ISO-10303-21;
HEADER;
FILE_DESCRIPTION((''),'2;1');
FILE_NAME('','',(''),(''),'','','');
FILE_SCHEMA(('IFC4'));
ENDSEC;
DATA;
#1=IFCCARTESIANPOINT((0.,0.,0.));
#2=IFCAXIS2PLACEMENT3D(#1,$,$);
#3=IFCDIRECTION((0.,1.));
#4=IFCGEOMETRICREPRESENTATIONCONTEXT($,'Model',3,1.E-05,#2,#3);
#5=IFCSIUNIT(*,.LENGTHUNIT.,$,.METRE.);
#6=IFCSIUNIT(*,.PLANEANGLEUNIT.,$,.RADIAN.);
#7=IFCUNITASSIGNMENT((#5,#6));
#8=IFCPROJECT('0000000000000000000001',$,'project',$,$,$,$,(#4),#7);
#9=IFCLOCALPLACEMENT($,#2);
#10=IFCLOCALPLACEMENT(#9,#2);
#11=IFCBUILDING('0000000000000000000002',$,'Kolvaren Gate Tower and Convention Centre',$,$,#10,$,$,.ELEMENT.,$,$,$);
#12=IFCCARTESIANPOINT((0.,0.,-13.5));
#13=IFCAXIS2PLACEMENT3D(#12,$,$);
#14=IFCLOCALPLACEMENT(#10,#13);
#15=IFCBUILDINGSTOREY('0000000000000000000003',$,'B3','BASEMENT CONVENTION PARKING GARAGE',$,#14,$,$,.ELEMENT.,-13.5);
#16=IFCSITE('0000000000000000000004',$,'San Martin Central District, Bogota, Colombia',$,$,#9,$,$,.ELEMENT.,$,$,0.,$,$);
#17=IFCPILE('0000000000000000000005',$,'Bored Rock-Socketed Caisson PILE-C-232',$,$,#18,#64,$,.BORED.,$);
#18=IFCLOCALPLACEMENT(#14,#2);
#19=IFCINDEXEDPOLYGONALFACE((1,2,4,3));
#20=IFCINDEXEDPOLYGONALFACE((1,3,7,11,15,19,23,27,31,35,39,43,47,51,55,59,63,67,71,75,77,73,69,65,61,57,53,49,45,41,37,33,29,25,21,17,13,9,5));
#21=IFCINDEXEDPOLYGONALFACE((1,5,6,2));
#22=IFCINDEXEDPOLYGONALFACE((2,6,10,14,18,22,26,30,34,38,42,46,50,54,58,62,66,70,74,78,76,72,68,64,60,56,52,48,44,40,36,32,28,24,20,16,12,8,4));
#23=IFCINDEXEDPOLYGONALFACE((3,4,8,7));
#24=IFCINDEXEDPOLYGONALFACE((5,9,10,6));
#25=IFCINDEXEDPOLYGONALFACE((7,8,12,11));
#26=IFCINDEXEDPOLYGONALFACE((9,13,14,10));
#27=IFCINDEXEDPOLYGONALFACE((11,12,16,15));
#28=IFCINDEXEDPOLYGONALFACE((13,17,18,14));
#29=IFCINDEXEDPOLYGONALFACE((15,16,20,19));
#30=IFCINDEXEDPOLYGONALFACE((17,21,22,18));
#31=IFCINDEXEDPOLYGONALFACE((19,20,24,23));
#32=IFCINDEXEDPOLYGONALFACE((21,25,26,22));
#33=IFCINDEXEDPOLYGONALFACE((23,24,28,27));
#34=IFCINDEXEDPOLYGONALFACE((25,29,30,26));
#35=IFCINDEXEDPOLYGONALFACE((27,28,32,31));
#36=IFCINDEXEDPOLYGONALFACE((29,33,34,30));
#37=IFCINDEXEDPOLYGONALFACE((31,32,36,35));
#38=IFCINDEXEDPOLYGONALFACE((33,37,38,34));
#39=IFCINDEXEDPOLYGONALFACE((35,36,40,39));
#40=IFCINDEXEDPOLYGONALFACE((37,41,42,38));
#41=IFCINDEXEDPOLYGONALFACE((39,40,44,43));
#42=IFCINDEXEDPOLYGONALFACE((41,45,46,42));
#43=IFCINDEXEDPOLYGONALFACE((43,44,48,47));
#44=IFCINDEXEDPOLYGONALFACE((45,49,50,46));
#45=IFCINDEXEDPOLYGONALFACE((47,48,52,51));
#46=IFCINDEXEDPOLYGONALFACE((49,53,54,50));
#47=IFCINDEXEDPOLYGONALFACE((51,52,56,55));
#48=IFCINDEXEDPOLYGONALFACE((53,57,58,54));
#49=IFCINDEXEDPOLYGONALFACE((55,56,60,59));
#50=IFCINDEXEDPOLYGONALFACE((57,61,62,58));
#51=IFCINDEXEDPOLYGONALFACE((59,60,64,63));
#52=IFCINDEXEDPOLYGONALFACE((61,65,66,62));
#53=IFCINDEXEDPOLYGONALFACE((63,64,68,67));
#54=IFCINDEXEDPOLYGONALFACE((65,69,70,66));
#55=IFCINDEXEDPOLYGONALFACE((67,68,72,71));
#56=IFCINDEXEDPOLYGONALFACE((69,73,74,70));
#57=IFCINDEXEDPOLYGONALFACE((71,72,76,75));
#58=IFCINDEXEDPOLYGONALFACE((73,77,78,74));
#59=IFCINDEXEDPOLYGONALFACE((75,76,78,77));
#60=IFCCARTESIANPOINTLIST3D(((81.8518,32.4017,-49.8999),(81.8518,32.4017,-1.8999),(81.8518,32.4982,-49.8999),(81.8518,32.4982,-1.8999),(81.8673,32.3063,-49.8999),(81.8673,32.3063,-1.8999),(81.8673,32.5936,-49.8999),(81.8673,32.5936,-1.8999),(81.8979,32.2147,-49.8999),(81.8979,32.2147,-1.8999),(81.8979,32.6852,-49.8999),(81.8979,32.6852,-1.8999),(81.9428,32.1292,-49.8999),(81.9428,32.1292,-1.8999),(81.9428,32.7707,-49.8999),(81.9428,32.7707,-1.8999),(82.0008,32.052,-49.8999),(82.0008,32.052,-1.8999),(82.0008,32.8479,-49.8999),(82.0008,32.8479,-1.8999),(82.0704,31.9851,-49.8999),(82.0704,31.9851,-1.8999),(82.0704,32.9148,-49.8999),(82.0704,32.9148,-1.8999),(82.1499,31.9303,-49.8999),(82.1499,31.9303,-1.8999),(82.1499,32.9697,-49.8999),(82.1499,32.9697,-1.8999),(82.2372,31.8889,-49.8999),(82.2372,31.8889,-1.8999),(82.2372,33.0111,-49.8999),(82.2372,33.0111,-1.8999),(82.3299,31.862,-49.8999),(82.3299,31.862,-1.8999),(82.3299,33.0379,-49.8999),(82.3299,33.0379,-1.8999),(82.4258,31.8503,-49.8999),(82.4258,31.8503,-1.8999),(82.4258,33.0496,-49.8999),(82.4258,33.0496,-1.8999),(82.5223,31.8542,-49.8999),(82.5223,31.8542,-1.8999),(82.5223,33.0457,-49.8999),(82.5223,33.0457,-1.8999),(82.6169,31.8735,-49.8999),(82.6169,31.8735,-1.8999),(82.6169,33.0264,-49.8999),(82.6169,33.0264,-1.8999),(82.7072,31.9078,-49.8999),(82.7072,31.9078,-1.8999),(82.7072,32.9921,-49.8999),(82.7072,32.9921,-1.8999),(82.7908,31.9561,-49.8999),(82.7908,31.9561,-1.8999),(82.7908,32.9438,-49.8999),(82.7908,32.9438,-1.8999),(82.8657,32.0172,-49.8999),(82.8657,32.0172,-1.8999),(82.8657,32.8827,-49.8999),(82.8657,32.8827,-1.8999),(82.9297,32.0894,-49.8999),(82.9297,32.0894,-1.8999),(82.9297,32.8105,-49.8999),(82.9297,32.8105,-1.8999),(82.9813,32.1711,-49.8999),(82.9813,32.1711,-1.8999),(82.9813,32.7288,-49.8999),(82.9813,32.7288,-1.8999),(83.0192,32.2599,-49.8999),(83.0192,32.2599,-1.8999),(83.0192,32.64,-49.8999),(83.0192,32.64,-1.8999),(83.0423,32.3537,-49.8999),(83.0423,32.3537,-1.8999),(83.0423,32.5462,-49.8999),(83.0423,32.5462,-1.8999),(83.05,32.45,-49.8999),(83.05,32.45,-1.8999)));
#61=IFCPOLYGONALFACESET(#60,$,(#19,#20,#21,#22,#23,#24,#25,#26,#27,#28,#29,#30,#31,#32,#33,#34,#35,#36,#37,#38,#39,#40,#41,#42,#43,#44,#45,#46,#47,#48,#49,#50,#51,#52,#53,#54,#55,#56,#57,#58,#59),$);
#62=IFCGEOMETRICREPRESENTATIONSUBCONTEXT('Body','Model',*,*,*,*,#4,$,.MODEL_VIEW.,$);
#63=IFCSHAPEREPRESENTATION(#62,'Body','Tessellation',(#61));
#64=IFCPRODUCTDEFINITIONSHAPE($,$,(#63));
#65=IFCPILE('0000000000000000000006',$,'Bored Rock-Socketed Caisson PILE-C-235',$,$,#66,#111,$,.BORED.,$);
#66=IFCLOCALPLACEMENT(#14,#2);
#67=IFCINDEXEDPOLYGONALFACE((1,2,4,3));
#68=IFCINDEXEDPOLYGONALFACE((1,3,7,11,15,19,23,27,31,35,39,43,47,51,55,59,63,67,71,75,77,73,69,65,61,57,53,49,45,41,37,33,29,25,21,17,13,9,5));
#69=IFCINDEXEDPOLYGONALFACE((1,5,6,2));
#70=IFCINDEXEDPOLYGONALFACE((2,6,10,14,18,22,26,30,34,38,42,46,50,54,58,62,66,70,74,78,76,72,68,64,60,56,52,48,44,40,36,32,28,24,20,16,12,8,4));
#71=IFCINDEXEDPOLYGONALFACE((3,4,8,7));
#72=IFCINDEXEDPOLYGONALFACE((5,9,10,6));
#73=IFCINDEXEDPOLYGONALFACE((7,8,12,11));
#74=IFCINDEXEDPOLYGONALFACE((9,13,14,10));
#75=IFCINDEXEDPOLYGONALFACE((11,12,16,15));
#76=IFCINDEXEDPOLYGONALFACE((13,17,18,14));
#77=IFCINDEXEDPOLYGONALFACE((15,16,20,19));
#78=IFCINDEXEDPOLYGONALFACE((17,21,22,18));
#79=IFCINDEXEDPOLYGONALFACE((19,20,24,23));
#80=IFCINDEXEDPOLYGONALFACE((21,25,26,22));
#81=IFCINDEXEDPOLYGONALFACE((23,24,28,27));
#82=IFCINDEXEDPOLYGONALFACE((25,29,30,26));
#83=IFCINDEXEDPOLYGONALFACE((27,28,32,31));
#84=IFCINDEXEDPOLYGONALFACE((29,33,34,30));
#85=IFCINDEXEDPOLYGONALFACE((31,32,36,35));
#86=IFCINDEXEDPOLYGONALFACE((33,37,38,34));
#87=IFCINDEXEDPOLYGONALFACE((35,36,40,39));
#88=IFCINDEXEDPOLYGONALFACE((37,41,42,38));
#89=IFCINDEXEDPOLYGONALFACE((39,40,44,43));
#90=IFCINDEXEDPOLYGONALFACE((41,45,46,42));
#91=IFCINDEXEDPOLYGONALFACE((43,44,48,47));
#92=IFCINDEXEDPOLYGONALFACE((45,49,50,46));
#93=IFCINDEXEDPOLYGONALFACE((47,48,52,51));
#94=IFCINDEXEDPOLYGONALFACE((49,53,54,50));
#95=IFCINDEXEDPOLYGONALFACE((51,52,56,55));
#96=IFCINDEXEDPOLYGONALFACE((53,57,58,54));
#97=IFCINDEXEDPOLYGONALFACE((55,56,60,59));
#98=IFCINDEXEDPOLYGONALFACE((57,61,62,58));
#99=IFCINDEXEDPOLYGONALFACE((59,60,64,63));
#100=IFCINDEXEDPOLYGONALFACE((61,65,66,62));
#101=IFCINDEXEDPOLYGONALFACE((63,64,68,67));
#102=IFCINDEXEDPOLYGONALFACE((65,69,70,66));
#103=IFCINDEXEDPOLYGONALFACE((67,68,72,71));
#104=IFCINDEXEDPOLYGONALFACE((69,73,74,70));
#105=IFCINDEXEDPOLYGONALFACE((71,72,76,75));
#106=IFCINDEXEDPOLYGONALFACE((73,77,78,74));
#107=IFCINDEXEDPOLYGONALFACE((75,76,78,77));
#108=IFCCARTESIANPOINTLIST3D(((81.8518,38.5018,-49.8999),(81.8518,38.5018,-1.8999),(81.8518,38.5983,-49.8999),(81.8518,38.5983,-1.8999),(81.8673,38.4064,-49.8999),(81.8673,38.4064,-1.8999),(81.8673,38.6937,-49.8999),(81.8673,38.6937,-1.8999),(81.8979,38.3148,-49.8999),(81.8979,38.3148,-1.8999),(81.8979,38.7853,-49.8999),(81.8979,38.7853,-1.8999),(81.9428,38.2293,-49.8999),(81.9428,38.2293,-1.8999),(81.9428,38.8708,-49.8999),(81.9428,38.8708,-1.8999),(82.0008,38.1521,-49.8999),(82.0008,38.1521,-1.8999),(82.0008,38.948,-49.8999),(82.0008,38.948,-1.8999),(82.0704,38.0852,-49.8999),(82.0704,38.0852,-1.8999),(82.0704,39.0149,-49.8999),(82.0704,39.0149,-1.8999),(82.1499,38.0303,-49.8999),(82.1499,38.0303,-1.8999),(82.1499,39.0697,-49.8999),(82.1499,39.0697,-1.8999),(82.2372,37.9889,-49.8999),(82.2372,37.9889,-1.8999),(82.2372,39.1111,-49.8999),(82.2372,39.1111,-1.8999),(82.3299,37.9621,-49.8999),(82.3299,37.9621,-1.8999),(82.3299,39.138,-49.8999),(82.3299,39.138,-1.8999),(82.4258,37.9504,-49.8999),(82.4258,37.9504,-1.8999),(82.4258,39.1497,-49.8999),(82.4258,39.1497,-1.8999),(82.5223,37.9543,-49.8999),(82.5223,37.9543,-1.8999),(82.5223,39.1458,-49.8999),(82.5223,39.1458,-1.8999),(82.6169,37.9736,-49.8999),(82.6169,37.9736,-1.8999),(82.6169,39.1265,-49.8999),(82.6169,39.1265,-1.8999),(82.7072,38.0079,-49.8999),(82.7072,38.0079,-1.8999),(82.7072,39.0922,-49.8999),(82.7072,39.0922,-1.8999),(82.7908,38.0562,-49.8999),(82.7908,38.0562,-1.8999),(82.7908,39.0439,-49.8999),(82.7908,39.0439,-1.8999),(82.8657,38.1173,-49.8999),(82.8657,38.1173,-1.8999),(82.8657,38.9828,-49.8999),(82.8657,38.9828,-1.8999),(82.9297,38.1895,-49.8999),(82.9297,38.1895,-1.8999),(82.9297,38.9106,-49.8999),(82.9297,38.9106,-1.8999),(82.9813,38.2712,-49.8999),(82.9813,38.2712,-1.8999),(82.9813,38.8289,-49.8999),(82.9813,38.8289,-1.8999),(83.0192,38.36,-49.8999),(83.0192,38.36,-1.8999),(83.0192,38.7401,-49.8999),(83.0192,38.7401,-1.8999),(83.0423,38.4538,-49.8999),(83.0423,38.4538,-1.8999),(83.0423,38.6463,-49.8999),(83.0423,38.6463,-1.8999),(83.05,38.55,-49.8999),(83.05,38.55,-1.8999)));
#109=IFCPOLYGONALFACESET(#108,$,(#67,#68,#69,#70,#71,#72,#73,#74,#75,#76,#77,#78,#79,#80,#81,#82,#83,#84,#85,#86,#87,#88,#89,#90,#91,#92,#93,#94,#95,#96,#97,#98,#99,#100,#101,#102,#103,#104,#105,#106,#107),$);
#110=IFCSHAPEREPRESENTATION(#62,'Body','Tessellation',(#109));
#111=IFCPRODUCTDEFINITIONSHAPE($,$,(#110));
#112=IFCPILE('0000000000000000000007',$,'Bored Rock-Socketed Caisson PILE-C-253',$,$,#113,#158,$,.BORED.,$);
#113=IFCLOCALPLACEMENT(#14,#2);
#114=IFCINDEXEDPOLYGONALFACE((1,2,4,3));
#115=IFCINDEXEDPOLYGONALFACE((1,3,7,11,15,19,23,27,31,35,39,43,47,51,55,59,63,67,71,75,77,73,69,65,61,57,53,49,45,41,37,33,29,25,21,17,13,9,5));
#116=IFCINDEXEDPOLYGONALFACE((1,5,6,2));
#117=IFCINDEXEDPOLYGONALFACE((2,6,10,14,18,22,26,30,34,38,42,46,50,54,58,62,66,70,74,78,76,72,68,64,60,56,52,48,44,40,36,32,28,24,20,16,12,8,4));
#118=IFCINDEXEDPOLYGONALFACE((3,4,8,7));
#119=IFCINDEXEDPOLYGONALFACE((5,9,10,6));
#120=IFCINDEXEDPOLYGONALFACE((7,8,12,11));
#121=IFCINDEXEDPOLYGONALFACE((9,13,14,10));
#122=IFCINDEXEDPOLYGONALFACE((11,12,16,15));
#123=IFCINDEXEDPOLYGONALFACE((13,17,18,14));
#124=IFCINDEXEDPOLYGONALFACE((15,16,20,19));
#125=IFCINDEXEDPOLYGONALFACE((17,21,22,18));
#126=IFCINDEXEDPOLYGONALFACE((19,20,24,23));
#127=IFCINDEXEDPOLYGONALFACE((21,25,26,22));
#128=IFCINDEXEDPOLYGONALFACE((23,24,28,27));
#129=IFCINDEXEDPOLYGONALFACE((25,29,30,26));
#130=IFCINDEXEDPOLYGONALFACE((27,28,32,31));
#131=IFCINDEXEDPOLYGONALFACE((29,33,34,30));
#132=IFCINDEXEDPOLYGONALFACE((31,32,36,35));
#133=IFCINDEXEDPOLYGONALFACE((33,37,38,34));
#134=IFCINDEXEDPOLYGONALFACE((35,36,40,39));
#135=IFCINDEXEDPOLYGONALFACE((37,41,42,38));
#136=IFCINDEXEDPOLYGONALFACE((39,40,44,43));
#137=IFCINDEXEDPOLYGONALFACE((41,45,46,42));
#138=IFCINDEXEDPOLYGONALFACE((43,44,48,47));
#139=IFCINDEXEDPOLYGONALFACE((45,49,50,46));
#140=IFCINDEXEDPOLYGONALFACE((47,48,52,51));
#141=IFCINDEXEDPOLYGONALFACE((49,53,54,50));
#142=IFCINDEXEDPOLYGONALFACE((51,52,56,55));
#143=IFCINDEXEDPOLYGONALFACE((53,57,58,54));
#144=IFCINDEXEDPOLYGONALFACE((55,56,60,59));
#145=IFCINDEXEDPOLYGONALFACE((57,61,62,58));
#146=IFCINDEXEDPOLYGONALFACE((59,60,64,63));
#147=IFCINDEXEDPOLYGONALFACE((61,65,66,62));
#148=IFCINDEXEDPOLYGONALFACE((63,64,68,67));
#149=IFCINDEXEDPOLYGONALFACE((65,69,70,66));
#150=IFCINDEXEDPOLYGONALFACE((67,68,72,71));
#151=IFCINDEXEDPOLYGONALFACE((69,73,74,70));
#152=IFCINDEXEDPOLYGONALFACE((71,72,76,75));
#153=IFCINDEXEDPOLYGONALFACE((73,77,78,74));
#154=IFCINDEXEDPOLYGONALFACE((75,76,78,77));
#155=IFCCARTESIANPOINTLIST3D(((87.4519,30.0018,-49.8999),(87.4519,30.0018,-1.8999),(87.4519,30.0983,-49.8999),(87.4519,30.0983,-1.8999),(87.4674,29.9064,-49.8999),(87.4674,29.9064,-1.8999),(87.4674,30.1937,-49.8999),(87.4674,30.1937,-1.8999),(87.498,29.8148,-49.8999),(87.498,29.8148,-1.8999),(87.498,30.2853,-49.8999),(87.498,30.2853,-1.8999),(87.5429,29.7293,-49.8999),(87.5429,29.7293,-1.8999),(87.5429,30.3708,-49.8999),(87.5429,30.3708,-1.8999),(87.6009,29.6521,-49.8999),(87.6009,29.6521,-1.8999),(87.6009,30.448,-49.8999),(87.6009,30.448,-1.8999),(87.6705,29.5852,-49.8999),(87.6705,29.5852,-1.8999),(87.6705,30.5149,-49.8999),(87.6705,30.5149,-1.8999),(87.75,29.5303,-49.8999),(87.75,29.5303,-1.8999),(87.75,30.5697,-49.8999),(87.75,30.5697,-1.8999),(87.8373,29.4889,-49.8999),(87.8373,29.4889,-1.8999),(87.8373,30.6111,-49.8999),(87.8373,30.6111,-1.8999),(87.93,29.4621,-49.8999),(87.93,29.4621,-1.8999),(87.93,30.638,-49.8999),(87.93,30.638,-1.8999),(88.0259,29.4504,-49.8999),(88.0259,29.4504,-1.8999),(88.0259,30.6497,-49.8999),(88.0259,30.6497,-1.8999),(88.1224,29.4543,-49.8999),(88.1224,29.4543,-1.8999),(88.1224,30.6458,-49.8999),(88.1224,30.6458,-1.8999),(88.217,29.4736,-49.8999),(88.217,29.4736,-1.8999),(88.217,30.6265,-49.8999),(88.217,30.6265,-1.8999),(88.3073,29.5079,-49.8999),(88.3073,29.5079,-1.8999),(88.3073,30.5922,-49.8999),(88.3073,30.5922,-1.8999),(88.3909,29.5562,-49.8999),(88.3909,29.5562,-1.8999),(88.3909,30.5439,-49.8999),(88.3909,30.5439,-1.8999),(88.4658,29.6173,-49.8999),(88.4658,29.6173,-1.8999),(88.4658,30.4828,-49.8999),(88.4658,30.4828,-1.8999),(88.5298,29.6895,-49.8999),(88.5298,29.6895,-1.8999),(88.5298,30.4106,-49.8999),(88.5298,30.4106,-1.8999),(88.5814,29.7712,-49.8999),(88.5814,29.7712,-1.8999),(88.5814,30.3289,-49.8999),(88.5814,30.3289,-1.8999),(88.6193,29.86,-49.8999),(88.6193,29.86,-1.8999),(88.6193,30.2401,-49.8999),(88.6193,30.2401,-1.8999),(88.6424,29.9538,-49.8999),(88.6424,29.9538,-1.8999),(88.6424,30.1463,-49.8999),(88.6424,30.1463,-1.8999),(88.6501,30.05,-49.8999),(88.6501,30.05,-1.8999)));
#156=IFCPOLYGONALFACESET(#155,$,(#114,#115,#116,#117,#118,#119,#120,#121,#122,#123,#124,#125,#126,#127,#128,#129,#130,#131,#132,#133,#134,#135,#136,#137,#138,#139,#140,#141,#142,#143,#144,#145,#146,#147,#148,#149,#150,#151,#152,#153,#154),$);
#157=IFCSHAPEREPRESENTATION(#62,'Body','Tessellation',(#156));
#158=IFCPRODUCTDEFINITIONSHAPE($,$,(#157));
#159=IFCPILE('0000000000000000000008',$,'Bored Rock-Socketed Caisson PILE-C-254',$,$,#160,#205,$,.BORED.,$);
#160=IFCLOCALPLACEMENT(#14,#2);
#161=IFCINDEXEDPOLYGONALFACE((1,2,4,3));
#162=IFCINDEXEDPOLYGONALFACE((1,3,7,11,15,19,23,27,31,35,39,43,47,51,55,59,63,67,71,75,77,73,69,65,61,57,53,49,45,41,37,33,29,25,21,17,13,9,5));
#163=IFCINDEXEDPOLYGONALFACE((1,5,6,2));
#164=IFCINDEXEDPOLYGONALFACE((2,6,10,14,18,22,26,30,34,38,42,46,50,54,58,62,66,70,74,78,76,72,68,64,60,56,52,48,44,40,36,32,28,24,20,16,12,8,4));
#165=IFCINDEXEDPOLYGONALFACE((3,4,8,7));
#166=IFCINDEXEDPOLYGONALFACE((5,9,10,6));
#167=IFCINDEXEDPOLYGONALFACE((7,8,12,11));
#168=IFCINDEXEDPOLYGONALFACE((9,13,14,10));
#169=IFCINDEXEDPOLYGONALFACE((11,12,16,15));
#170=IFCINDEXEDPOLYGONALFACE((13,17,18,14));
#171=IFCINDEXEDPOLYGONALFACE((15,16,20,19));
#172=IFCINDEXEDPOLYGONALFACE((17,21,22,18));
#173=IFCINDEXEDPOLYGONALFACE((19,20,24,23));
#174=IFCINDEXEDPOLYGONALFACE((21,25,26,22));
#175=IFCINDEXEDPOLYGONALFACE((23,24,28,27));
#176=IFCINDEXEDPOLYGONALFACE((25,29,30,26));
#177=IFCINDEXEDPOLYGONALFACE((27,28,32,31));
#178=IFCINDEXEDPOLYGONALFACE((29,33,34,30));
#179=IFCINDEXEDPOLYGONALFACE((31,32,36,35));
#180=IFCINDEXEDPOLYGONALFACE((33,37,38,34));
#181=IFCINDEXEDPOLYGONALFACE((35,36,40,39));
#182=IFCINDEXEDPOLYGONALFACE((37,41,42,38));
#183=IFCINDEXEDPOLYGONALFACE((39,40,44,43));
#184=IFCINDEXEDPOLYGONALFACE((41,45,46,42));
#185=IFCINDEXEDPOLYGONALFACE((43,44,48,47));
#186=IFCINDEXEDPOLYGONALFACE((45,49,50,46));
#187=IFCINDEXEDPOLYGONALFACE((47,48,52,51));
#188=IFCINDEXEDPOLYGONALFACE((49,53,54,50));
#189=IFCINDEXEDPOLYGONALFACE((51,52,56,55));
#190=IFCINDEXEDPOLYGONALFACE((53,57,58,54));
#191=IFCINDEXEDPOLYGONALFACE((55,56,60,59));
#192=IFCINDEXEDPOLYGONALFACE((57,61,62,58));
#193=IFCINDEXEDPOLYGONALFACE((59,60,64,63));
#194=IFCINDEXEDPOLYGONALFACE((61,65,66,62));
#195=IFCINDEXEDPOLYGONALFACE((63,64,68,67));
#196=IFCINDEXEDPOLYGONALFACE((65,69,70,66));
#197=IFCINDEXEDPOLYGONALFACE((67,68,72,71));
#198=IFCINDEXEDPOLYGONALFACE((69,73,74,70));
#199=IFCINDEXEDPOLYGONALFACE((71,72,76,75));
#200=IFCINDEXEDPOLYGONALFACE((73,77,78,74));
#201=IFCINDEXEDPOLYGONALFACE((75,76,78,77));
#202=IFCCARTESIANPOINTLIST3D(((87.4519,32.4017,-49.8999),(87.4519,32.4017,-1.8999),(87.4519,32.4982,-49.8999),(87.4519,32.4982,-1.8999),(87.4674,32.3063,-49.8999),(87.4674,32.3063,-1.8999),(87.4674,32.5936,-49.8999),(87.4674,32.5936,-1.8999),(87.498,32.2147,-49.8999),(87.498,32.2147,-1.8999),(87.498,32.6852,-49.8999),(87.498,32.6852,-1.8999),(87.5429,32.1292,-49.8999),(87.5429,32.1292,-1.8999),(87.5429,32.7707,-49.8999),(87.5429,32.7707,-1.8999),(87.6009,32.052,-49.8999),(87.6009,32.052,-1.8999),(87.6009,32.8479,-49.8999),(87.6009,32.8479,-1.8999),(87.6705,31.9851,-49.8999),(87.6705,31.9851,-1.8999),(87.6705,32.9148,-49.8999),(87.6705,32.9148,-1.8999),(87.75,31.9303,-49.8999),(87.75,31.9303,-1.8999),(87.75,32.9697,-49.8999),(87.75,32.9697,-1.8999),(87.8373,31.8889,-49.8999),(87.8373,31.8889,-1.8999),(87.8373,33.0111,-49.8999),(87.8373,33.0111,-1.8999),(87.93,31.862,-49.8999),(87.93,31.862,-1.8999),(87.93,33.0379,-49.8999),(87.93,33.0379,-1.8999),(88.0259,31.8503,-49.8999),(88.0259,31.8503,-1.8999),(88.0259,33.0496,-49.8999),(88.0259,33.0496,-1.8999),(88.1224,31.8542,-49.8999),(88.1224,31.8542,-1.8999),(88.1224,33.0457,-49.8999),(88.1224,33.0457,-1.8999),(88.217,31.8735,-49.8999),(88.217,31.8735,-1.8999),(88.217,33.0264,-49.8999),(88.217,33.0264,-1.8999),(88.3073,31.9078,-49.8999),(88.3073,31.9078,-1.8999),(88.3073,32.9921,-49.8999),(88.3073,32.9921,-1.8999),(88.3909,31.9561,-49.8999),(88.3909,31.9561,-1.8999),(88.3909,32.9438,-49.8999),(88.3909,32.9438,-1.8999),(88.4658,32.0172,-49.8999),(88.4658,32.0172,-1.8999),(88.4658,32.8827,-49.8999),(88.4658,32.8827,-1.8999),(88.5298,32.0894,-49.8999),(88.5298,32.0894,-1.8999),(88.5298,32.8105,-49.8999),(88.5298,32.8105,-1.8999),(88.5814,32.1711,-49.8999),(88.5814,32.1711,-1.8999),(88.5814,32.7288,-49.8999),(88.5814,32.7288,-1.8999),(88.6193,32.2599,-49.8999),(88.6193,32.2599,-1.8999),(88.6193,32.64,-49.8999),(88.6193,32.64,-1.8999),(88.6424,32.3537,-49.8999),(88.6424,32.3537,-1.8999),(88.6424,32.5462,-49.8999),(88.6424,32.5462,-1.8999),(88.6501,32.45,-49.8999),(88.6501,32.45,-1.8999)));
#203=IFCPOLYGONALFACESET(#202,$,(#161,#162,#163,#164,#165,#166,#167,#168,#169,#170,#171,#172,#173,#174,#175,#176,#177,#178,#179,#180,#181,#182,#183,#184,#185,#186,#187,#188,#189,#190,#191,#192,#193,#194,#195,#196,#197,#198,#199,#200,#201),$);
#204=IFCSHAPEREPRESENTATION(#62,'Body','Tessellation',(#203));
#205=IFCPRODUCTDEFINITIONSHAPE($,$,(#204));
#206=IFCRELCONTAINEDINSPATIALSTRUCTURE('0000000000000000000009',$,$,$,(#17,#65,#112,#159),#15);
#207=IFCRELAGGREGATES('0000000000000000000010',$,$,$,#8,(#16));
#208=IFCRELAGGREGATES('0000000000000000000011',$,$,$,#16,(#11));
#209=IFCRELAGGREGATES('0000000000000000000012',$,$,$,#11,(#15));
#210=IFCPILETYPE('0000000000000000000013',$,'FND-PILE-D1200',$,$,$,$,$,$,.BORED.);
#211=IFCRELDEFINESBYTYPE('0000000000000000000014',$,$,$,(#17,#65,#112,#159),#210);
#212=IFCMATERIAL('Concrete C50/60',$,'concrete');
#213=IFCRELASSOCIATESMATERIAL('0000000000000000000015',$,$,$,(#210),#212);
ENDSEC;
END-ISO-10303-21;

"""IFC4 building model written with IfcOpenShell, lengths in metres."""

from ifc_helpers import new_model, si_unit, direction, frame, origin, origin_2d, place, context, subcontext, project, spatial, circle, extrude, material, material_profile, profile_set, type_object, element, save


model = new_model("IFC4")

# Units and contexts
model_context = context("Model", 3, precision=1e-05, world=origin(), true_north=direction((0.0, 1.0)))
body_context = subcontext(model_context, "Body", "Model", "MODEL_VIEW")
ifc_project = project(units=[si_unit("LENGTHUNIT", "METRE"), si_unit("PLANEANGLEUNIT", "RADIAN")], contexts=[model_context])

# Site, building, storey
site_placement = place(None, origin())
site = spatial("IfcSite", under=ifc_project, at=site_placement, Name="San Martin Central District, Bogota, Colombia", CompositionType="ELEMENT", RefElevation=0.0)
building_placement = place(site_placement, origin())
building = spatial("IfcBuilding", under=site, at=building_placement, Name="Kolvaren Gate Tower and Convention Centre", CompositionType="ELEMENT")
storey_placement = place(building_placement, frame((0.0, 0.0, -13.5)))
storey = spatial("IfcBuildingStorey", under=building, at=storey_placement, Name="B3", Description="BASEMENT CONVENTION PARKING GARAGE", CompositionType="ELEMENT", Elevation=-13.5)

# Shared definitions
ifc_material_1 = material(Name="Concrete C50/60", Category="concrete")

# Piles
ifc_material_profile_1 = material_profile(ifc_material_1, circle(Radius=0.6001, at=origin_2d()), Name="CAISSON-D1200")
ifc_profile_set_1 = profile_set([ifc_material_profile_1], Name="Concrete C50/60")
pile_type = type_object("IfcPileType", Name="FND-PILE-D1200", PredefinedType="BORED", material=ifc_profile_set_1)
for number, where, z_axis, x_axis, name in (
    (1, (82.45, 32.45, -1.8999), (0.0, 0.0, -1.0), (1.0, 0.0, 0.0), "Bored Rock-Socketed Caisson PILE-C-232"),
    (2, (82.45, 38.55, -1.8999), (0.0, 0.0, -1.0), (1.0, 0.0, 0.0), "Bored Rock-Socketed Caisson PILE-C-235"),
    (3, (88.05, 30.05, -1.8999), (0.0, 0.0, -1.0), (1.0, 0.0, 0.0), "Bored Rock-Socketed Caisson PILE-C-253"),
    (4, (88.05, 32.45, -1.8999), (0.0, 0.0, -1.0), (1.0, 0.0, 0.0), "Bored Rock-Socketed Caisson PILE-C-254"),
):
    element("IfcPile", number, at=place(storey_placement, frame(where, z_axis=z_axis, x_axis=x_axis)), inside=storey, type_object=pile_type, Name=name, PredefinedType="BORED", context=body_context, shape_type="SweptSolid", body=[
        extrude(circle(Radius=0.6001, at=origin_2d()), origin(), (0.0, 0.0, 1.0), 48.0),
    ])

save(model, "model.ifc")
